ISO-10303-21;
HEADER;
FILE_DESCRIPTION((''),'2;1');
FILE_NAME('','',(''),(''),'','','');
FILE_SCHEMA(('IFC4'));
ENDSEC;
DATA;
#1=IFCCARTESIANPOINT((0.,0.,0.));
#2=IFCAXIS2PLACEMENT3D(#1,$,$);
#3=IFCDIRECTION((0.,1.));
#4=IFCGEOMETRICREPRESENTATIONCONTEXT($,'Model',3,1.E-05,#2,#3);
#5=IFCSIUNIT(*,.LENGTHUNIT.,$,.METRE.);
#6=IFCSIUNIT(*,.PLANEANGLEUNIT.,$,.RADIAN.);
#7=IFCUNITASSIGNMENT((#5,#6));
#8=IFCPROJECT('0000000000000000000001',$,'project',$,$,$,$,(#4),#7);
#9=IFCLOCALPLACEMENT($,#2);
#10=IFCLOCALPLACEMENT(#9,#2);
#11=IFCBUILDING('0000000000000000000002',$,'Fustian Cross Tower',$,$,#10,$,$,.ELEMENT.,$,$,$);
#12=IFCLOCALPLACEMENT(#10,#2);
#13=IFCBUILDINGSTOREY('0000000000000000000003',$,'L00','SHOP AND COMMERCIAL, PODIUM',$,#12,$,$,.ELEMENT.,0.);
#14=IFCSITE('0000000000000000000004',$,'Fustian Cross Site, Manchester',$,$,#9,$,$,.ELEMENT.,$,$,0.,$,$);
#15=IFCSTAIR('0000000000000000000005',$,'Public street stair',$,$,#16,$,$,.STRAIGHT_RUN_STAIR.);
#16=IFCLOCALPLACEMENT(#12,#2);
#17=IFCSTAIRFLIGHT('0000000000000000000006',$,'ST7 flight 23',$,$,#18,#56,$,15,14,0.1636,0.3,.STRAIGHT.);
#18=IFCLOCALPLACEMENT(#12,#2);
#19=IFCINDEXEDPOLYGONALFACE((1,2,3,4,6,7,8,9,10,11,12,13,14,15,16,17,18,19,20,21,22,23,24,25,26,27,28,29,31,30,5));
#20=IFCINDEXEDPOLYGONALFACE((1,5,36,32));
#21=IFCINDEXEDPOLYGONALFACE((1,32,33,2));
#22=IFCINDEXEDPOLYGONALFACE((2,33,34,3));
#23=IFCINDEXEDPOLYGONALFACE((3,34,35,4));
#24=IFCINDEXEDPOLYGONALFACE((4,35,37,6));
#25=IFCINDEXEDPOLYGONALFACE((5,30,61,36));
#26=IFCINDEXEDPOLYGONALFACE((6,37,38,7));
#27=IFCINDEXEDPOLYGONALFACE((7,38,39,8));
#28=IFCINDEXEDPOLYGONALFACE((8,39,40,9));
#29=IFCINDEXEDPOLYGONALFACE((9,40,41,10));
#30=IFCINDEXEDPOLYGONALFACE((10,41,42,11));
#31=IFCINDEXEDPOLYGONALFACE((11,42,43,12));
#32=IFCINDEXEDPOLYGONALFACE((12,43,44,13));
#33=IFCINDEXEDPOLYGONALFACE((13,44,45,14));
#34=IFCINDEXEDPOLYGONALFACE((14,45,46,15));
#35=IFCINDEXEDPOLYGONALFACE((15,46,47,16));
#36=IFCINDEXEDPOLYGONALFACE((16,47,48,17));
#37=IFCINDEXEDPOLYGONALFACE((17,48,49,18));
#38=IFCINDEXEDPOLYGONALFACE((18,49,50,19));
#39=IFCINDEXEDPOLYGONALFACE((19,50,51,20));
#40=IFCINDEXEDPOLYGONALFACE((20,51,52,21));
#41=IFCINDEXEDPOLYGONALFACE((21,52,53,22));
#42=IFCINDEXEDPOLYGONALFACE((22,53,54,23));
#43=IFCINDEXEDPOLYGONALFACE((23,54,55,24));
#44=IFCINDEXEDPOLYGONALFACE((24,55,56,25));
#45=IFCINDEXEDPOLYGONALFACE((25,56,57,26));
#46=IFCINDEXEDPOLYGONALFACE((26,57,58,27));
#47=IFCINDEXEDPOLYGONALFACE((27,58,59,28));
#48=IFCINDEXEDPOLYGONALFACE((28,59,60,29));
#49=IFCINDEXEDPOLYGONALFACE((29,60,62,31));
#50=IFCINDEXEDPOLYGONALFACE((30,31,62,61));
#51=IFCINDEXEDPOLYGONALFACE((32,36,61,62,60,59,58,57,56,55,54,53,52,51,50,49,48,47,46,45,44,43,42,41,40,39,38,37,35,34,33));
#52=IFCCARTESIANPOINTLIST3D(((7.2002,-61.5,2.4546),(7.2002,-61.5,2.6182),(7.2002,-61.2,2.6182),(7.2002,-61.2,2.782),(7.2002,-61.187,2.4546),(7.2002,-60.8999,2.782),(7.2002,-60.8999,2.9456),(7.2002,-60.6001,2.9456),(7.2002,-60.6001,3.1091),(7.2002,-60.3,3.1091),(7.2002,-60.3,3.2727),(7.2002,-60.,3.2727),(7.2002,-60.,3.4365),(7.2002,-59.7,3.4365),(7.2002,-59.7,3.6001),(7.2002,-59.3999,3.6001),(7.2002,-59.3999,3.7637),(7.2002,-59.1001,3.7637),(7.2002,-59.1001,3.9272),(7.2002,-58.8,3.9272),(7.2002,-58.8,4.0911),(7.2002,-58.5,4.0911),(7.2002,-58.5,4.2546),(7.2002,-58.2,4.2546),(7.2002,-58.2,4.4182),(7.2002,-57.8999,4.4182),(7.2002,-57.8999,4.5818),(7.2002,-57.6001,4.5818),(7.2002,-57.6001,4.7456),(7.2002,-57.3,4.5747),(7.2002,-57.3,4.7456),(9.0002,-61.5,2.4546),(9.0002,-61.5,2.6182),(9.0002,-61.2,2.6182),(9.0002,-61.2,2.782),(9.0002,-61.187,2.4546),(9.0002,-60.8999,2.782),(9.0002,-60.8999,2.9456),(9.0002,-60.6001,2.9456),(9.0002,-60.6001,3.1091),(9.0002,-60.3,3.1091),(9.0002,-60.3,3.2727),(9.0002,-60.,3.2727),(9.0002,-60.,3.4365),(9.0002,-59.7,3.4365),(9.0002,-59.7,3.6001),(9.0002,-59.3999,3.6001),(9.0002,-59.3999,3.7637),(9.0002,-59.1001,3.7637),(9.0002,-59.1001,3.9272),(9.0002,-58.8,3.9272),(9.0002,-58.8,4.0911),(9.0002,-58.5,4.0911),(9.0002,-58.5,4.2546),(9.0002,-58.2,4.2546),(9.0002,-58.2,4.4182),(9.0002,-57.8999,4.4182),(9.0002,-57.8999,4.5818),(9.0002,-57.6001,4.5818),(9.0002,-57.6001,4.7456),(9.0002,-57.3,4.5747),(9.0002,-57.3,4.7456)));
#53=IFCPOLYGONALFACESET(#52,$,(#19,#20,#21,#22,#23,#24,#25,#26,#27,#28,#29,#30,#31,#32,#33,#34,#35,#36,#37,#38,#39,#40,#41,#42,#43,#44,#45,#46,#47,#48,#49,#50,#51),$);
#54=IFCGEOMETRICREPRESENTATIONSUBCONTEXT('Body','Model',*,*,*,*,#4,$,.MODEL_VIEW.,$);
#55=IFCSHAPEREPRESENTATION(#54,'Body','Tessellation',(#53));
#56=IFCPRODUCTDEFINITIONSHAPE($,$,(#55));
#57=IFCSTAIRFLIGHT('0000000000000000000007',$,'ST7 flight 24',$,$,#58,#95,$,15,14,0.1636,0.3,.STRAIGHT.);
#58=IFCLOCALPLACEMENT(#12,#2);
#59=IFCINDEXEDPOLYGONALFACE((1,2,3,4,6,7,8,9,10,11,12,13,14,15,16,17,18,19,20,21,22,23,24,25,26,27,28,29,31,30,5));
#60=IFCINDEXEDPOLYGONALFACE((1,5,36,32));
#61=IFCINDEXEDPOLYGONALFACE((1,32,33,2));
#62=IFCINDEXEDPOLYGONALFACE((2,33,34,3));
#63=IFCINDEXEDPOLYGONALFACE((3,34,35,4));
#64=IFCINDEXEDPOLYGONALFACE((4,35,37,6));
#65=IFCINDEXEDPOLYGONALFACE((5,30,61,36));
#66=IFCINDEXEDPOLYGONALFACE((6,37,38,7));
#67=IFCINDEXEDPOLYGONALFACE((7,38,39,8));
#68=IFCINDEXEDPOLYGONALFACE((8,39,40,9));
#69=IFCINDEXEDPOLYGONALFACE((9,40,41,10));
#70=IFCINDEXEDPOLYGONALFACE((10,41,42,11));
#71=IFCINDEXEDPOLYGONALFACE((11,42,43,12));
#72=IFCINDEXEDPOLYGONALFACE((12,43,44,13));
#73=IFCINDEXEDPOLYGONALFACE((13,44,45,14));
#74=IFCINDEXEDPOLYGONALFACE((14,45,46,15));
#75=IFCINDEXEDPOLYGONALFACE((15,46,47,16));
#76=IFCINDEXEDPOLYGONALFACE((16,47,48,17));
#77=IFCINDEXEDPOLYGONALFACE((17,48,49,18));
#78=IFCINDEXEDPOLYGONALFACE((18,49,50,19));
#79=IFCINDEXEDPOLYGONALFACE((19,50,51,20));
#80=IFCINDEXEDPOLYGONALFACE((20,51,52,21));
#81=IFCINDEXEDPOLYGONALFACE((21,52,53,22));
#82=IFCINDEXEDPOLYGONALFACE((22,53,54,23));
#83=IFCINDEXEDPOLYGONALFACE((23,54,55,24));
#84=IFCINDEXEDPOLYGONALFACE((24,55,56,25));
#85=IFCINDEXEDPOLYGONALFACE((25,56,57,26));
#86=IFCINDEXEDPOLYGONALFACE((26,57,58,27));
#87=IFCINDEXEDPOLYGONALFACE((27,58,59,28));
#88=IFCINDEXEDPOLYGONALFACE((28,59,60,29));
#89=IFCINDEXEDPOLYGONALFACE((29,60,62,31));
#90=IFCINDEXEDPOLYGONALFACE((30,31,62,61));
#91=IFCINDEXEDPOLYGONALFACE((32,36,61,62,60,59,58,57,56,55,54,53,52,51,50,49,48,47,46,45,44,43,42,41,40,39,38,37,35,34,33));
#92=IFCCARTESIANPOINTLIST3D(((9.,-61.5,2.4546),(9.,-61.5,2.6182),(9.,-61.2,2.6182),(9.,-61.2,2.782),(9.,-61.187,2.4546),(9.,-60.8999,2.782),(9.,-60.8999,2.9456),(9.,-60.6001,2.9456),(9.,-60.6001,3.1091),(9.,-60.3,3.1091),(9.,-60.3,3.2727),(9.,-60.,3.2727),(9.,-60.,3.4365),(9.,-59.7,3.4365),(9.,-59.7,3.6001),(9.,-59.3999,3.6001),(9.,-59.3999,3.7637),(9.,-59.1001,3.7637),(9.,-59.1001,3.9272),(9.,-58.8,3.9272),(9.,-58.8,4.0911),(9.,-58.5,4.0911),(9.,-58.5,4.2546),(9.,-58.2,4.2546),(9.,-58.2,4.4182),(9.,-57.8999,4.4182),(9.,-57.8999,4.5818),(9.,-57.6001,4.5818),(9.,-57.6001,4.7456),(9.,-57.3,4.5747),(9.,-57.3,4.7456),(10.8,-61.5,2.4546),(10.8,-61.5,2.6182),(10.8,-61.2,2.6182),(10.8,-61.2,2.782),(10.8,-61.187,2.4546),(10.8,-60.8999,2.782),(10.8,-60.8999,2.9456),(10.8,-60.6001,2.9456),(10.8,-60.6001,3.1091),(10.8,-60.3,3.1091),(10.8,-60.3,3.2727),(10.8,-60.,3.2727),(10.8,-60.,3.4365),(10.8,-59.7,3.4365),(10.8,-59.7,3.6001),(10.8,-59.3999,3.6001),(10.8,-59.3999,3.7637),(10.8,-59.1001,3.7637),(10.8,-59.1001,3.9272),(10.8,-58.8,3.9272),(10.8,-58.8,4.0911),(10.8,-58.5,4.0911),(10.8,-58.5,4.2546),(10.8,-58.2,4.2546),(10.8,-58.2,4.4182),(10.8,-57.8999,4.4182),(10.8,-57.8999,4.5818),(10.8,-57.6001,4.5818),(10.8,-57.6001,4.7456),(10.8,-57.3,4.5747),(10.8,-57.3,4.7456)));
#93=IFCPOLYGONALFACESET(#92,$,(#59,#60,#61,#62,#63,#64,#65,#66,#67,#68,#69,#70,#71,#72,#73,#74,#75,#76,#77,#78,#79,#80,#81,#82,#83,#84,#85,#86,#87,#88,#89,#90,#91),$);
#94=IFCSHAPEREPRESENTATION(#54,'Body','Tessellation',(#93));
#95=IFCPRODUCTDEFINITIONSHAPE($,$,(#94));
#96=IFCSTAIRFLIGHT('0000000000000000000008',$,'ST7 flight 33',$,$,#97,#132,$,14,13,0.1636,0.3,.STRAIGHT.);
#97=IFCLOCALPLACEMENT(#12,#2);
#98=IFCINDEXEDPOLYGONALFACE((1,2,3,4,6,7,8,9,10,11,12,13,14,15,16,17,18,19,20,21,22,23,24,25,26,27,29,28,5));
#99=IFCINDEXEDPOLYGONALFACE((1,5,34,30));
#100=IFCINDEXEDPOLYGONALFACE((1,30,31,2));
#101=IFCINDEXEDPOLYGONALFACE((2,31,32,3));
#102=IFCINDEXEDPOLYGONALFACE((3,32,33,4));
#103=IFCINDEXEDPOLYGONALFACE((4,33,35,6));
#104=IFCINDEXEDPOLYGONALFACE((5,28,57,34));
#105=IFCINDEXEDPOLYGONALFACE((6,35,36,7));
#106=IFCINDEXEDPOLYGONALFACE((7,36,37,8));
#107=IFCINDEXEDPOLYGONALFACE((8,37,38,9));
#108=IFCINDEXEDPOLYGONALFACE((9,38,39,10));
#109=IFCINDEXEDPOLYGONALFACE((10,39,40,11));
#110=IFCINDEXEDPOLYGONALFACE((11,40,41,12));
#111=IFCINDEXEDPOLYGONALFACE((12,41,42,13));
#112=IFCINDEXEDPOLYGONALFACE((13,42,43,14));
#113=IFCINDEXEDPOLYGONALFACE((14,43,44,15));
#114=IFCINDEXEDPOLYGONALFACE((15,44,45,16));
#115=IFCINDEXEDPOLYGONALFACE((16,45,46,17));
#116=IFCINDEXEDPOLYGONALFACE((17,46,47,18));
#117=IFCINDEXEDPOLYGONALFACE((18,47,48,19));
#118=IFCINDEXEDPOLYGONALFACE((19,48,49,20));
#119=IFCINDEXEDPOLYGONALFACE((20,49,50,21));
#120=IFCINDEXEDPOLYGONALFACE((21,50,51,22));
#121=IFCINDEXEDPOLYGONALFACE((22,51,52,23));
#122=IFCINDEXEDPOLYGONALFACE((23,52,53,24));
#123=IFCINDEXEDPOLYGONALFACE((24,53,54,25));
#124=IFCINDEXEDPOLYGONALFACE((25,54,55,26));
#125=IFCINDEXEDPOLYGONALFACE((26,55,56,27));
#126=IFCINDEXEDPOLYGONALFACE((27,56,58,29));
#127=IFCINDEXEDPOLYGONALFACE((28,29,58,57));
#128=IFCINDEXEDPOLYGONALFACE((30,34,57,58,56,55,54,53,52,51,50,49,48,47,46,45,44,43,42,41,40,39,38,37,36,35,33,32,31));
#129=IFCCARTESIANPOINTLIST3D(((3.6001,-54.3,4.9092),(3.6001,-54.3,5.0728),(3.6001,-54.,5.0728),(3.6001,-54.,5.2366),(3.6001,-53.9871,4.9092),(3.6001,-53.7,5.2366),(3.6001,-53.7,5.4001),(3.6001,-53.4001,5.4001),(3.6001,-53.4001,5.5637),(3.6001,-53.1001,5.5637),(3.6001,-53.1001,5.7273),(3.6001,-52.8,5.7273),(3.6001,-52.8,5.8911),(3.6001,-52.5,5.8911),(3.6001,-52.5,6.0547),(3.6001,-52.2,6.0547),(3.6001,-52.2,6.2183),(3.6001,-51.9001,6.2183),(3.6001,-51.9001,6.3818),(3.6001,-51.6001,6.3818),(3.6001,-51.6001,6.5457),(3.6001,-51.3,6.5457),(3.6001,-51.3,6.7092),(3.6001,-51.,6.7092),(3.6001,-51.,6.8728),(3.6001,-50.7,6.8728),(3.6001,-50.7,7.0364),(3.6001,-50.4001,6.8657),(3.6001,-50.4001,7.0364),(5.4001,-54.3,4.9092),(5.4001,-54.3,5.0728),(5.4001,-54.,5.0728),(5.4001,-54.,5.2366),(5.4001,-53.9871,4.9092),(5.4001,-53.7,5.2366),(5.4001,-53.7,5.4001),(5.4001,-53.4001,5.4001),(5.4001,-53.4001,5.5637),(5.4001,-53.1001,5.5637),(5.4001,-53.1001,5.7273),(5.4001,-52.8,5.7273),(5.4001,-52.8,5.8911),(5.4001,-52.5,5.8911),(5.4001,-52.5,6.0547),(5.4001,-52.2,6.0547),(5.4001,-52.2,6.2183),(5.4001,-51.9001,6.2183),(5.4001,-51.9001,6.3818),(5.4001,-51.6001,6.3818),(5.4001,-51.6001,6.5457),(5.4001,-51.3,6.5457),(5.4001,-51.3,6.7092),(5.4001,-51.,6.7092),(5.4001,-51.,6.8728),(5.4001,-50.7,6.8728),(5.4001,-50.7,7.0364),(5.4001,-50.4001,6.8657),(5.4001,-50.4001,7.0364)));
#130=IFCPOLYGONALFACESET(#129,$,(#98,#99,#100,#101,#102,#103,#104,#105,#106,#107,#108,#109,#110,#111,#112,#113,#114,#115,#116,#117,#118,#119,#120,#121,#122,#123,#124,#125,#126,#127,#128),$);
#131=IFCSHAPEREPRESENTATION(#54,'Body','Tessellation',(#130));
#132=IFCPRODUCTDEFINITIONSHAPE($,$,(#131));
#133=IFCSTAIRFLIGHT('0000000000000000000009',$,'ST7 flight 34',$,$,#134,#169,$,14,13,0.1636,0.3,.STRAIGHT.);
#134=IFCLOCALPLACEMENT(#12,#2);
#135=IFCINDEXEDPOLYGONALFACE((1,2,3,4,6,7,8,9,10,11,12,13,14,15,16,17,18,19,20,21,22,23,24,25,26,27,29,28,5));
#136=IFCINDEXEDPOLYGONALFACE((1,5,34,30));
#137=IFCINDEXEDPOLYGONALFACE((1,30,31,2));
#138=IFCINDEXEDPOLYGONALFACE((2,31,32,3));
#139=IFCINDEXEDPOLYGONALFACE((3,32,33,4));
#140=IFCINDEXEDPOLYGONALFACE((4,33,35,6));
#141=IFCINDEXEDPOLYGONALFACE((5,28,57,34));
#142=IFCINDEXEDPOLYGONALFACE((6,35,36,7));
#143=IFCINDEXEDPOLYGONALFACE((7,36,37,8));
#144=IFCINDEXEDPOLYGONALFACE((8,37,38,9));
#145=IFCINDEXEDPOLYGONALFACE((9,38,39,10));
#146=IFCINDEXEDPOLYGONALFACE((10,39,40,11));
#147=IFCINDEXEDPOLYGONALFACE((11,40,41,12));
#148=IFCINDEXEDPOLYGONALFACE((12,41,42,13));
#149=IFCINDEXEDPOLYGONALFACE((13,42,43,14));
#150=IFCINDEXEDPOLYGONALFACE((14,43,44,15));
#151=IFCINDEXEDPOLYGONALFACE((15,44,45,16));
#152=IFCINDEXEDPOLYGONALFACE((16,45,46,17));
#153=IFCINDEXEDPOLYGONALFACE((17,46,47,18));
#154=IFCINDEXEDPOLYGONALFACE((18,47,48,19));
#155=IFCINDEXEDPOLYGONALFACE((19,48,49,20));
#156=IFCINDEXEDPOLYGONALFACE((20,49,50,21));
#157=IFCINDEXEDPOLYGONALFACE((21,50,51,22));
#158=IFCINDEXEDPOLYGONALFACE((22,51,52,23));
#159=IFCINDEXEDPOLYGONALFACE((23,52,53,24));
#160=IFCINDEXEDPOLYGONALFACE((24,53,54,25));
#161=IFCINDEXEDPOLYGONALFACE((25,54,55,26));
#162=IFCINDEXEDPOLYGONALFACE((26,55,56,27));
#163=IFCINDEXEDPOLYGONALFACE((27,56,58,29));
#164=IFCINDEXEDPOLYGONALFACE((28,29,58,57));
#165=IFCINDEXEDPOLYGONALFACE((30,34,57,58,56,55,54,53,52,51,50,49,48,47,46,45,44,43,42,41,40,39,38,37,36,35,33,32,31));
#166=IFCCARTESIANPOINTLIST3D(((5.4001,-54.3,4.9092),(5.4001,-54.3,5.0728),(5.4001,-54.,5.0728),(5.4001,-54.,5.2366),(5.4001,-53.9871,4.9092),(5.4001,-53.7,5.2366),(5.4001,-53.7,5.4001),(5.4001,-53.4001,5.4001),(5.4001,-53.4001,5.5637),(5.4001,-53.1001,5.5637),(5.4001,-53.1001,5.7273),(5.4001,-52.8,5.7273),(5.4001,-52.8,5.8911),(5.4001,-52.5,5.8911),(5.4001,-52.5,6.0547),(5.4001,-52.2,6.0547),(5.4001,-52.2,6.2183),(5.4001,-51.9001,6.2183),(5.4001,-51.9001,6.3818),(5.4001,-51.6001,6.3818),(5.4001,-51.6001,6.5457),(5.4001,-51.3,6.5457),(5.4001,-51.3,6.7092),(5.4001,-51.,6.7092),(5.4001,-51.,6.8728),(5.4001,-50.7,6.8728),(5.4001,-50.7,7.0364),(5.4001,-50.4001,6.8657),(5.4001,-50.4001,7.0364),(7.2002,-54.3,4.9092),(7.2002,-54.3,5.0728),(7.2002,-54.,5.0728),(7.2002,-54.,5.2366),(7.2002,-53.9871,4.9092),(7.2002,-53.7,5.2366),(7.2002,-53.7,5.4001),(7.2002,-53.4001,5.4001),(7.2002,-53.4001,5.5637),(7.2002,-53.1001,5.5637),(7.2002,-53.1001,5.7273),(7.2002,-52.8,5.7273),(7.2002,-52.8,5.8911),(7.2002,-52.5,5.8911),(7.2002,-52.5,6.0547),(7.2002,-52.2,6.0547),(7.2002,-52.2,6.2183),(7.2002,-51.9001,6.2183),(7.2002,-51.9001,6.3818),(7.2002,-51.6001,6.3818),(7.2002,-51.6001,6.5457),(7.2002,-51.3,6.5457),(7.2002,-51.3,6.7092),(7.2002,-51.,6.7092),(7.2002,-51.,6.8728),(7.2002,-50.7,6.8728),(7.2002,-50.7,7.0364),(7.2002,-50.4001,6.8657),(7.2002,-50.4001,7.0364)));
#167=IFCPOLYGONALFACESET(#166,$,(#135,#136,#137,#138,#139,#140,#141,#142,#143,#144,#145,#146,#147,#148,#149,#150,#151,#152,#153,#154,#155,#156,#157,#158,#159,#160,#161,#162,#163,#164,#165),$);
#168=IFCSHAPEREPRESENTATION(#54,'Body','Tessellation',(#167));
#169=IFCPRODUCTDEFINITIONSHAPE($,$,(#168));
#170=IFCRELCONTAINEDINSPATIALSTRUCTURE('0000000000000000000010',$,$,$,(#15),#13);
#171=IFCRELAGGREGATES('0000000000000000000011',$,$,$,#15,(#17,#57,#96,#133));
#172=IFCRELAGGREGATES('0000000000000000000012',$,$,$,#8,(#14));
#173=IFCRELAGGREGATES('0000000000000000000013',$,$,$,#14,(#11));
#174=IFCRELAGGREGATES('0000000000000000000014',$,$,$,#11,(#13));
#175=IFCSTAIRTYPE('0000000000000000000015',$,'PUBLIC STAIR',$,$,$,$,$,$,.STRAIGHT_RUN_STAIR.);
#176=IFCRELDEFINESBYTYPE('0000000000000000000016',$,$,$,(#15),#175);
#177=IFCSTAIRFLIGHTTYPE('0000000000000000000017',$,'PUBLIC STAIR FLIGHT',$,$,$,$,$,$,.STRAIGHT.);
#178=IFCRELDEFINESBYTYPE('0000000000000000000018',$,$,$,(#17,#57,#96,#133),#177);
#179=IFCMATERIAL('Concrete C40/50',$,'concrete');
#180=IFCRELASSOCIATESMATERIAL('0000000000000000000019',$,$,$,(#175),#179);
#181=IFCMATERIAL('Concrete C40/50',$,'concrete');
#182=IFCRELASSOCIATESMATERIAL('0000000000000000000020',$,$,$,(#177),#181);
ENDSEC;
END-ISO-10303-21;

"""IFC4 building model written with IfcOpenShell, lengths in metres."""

from ifc_helpers import new_model, si_unit, direction, frame, origin, place, context, subcontext, project, spatial, polyline, outline, extrude, material, type_object, element, aggregate, save


model = new_model("IFC4")

# Units and contexts
model_context = context("Model", 3, precision=1e-05, world=origin(), true_north=direction((0.0, 1.0)))
body_context = subcontext(model_context, "Body", "Model", "MODEL_VIEW")
ifc_project = project(units=[si_unit("LENGTHUNIT", "METRE"), si_unit("PLANEANGLEUNIT", "RADIAN")], contexts=[model_context])

# Site, building, storey
site_placement = place(None, origin())
site = spatial("IfcSite", under=ifc_project, at=site_placement, Name="Fustian Cross Site, Manchester", CompositionType="ELEMENT", RefElevation=0.0)
building_placement = place(site_placement, origin())
building = spatial("IfcBuilding", under=site, at=building_placement, Name="Fustian Cross Tower", CompositionType="ELEMENT")
storey_placement = place(building_placement, origin())
storey = spatial("IfcBuildingStorey", under=building, at=storey_placement, Name="L00", Description="SHOP AND COMMERCIAL, PODIUM", CompositionType="ELEMENT", Elevation=0.0)

# Stair, stair flights
ifc_material_1 = material(Name="Concrete C40/50", Category="concrete")
stair_type = type_object("IfcStairType", Name="PUBLIC STAIR", PredefinedType="STRAIGHT_RUN_STAIR", material=ifc_material_1)
stair_placement = place(storey_placement, origin())
stair = element("IfcStair", 1, at=stair_placement, inside=storey, type_object=stair_type, Name="Public street stair", PredefinedType="STRAIGHT_RUN_STAIR")
ifc_material_2 = material(Name="Concrete C40/50", Category="concrete")
stair_flight_type = type_object("IfcStairFlightType", Name="PUBLIC STAIR FLIGHT", PredefinedType="STRAIGHT", material=ifc_material_2)
stair_flight_1_placement = place(storey_placement, frame((8.1001, -61.5, 2.4546), z_axis=(0.0, 0.0, 1.0), x_axis=(0.0, 1.0, 0.0)))
stair_flight_1 = element("IfcStairFlight", 2, at=stair_flight_1_placement, type_object=stair_flight_type, Name="ST7 flight 23", NumberOfRisers=15, NumberOfTreads=14, PredefinedType="STRAIGHT", RiserHeight=0.1636, TreadLength=0.3, context=body_context, shape_type="SweptSolid", body=[
    extrude(outline(polyline([(0.0, 0.0), (0.0, 0.1636), (0.3, 0.1636), (0.3, 0.3274), (0.6001, 0.3274), (0.6001, 0.491), (0.8999, 0.491), (0.8999, 0.6545), (1.2, 0.6545), (1.2, 0.8181), (1.5, 0.8181), (1.5, 0.9819), (1.8, 0.9819), (1.8, 1.1455), (2.1001, 1.1455), (2.1001, 1.3091), (2.3999, 1.3091), (2.3999, 1.4727), (2.7, 1.4727), (2.7, 1.6365), (3.0, 1.6365), (3.0, 1.8), (3.3, 1.8), (3.3, 1.9636), (3.6001, 1.9636), (3.6001, 2.1272), (3.8999, 2.1272), (3.8999, 2.291), (4.2, 2.291), (4.2, 2.4546), (4.2, 2.1201), (0.313, 0.0), (0.0, 0.0)])), frame((0.0, 0.8999, 0.0), z_axis=(0.0, -1.0, 0.0), x_axis=(1.0, 0.0, 0.0)), (0.0, 0.0, 1.0), 1.8),
])
stair_flight_2_placement = place(storey_placement, frame((9.8999, -61.5, 2.4546), z_axis=(0.0, 0.0, 1.0), x_axis=(0.0, 1.0, 0.0)))
stair_flight_2 = element("IfcStairFlight", 3, at=stair_flight_2_placement, type_object=stair_flight_type, Name="ST7 flight 24", NumberOfRisers=15, NumberOfTreads=14, PredefinedType="STRAIGHT", RiserHeight=0.1636, TreadLength=0.3, context=body_context, shape_type="SweptSolid", body=[
    extrude(outline(polyline([(0.0, 0.0), (0.0, 0.1636), (0.3, 0.1636), (0.3, 0.3274), (0.6001, 0.3274), (0.6001, 0.491), (0.8999, 0.491), (0.8999, 0.6545), (1.2, 0.6545), (1.2, 0.8181), (1.5, 0.8181), (1.5, 0.9819), (1.8, 0.9819), (1.8, 1.1455), (2.1001, 1.1455), (2.1001, 1.3091), (2.3999, 1.3091), (2.3999, 1.4727), (2.7, 1.4727), (2.7, 1.6365), (3.0, 1.6365), (3.0, 1.8), (3.3, 1.8), (3.3, 1.9636), (3.6001, 1.9636), (3.6001, 2.1272), (3.8999, 2.1272), (3.8999, 2.291), (4.2, 2.291), (4.2, 2.4546), (4.2, 2.1201), (0.313, 0.0), (0.0, 0.0)])), frame((0.0, 0.8999, 0.0), z_axis=(0.0, -1.0, 0.0), x_axis=(1.0, 0.0, 0.0)), (0.0, 0.0, 1.0), 1.8),
])
stair_flight_3_placement = place(storey_placement, frame((4.5, -54.3, 4.9092), z_axis=(0.0, 0.0, 1.0), x_axis=(0.0, 1.0, 0.0)))
stair_flight_3 = element("IfcStairFlight", 4, at=stair_flight_3_placement, type_object=stair_flight_type, Name="ST7 flight 33", NumberOfRisers=14, NumberOfTreads=13, PredefinedType="STRAIGHT", RiserHeight=0.1636, TreadLength=0.3, context=body_context, shape_type="SweptSolid", body=[
    extrude(outline(polyline([(0.0, 0.0), (0.0, 0.1636), (0.3, 0.1636), (0.3, 0.3274), (0.6001, 0.3274), (0.6001, 0.491), (0.8999, 0.491), (0.8999, 0.6545), (1.2, 0.6545), (1.2, 0.8181), (1.5, 0.8181), (1.5, 0.9819), (1.8, 0.9819), (1.8, 1.1455), (2.1001, 1.1455), (2.1001, 1.3091), (2.3999, 1.3091), (2.3999, 1.4727), (2.7, 1.4727), (2.7, 1.6365), (3.0, 1.6365), (3.0, 1.8), (3.3, 1.8), (3.3, 1.9636), (3.6001, 1.9636), (3.6001, 2.1272), (3.8999, 2.1272), (3.8999, 2.291), (3.8999, 1.9565), (0.313, 0.0), (0.0, 0.0)])), frame((0.0, 0.8999, 0.0), z_axis=(0.0, -1.0, 0.0), x_axis=(1.0, 0.0, 0.0)), (0.0, 0.0, 1.0), 1.8),
])
stair_flight_4_placement = place(storey_placement, frame((6.3, -54.3, 4.9092), z_axis=(0.0, 0.0, 1.0), x_axis=(0.0, 1.0, 0.0)))
stair_flight_4 = element("IfcStairFlight", 5, at=stair_flight_4_placement, type_object=stair_flight_type, Name="ST7 flight 34", NumberOfRisers=14, NumberOfTreads=13, PredefinedType="STRAIGHT", RiserHeight=0.1636, TreadLength=0.3, context=body_context, shape_type="SweptSolid", body=[
    extrude(outline(polyline([(0.0, 0.0), (0.0, 0.1636), (0.3, 0.1636), (0.3, 0.3274), (0.6001, 0.3274), (0.6001, 0.491), (0.8999, 0.491), (0.8999, 0.6545), (1.2, 0.6545), (1.2, 0.8181), (1.5, 0.8181), (1.5, 0.9819), (1.8, 0.9819), (1.8, 1.1455), (2.1001, 1.1455), (2.1001, 1.3091), (2.3999, 1.3091), (2.3999, 1.4727), (2.7, 1.4727), (2.7, 1.6365), (3.0, 1.6365), (3.0, 1.8), (3.3, 1.8), (3.3, 1.9636), (3.6001, 1.9636), (3.6001, 2.1272), (3.8999, 2.1272), (3.8999, 2.291), (3.8999, 1.9565), (0.313, 0.0), (0.0, 0.0)])), frame((0.0, 0.8999, 0.0), z_axis=(0.0, -1.0, 0.0), x_axis=(1.0, 0.0, 0.0)), (0.0, 0.0, 1.0), 1.8),
])
aggregate(stair, [stair_flight_1, stair_flight_2, stair_flight_3, stair_flight_4])

save(model, "model.ifc")
